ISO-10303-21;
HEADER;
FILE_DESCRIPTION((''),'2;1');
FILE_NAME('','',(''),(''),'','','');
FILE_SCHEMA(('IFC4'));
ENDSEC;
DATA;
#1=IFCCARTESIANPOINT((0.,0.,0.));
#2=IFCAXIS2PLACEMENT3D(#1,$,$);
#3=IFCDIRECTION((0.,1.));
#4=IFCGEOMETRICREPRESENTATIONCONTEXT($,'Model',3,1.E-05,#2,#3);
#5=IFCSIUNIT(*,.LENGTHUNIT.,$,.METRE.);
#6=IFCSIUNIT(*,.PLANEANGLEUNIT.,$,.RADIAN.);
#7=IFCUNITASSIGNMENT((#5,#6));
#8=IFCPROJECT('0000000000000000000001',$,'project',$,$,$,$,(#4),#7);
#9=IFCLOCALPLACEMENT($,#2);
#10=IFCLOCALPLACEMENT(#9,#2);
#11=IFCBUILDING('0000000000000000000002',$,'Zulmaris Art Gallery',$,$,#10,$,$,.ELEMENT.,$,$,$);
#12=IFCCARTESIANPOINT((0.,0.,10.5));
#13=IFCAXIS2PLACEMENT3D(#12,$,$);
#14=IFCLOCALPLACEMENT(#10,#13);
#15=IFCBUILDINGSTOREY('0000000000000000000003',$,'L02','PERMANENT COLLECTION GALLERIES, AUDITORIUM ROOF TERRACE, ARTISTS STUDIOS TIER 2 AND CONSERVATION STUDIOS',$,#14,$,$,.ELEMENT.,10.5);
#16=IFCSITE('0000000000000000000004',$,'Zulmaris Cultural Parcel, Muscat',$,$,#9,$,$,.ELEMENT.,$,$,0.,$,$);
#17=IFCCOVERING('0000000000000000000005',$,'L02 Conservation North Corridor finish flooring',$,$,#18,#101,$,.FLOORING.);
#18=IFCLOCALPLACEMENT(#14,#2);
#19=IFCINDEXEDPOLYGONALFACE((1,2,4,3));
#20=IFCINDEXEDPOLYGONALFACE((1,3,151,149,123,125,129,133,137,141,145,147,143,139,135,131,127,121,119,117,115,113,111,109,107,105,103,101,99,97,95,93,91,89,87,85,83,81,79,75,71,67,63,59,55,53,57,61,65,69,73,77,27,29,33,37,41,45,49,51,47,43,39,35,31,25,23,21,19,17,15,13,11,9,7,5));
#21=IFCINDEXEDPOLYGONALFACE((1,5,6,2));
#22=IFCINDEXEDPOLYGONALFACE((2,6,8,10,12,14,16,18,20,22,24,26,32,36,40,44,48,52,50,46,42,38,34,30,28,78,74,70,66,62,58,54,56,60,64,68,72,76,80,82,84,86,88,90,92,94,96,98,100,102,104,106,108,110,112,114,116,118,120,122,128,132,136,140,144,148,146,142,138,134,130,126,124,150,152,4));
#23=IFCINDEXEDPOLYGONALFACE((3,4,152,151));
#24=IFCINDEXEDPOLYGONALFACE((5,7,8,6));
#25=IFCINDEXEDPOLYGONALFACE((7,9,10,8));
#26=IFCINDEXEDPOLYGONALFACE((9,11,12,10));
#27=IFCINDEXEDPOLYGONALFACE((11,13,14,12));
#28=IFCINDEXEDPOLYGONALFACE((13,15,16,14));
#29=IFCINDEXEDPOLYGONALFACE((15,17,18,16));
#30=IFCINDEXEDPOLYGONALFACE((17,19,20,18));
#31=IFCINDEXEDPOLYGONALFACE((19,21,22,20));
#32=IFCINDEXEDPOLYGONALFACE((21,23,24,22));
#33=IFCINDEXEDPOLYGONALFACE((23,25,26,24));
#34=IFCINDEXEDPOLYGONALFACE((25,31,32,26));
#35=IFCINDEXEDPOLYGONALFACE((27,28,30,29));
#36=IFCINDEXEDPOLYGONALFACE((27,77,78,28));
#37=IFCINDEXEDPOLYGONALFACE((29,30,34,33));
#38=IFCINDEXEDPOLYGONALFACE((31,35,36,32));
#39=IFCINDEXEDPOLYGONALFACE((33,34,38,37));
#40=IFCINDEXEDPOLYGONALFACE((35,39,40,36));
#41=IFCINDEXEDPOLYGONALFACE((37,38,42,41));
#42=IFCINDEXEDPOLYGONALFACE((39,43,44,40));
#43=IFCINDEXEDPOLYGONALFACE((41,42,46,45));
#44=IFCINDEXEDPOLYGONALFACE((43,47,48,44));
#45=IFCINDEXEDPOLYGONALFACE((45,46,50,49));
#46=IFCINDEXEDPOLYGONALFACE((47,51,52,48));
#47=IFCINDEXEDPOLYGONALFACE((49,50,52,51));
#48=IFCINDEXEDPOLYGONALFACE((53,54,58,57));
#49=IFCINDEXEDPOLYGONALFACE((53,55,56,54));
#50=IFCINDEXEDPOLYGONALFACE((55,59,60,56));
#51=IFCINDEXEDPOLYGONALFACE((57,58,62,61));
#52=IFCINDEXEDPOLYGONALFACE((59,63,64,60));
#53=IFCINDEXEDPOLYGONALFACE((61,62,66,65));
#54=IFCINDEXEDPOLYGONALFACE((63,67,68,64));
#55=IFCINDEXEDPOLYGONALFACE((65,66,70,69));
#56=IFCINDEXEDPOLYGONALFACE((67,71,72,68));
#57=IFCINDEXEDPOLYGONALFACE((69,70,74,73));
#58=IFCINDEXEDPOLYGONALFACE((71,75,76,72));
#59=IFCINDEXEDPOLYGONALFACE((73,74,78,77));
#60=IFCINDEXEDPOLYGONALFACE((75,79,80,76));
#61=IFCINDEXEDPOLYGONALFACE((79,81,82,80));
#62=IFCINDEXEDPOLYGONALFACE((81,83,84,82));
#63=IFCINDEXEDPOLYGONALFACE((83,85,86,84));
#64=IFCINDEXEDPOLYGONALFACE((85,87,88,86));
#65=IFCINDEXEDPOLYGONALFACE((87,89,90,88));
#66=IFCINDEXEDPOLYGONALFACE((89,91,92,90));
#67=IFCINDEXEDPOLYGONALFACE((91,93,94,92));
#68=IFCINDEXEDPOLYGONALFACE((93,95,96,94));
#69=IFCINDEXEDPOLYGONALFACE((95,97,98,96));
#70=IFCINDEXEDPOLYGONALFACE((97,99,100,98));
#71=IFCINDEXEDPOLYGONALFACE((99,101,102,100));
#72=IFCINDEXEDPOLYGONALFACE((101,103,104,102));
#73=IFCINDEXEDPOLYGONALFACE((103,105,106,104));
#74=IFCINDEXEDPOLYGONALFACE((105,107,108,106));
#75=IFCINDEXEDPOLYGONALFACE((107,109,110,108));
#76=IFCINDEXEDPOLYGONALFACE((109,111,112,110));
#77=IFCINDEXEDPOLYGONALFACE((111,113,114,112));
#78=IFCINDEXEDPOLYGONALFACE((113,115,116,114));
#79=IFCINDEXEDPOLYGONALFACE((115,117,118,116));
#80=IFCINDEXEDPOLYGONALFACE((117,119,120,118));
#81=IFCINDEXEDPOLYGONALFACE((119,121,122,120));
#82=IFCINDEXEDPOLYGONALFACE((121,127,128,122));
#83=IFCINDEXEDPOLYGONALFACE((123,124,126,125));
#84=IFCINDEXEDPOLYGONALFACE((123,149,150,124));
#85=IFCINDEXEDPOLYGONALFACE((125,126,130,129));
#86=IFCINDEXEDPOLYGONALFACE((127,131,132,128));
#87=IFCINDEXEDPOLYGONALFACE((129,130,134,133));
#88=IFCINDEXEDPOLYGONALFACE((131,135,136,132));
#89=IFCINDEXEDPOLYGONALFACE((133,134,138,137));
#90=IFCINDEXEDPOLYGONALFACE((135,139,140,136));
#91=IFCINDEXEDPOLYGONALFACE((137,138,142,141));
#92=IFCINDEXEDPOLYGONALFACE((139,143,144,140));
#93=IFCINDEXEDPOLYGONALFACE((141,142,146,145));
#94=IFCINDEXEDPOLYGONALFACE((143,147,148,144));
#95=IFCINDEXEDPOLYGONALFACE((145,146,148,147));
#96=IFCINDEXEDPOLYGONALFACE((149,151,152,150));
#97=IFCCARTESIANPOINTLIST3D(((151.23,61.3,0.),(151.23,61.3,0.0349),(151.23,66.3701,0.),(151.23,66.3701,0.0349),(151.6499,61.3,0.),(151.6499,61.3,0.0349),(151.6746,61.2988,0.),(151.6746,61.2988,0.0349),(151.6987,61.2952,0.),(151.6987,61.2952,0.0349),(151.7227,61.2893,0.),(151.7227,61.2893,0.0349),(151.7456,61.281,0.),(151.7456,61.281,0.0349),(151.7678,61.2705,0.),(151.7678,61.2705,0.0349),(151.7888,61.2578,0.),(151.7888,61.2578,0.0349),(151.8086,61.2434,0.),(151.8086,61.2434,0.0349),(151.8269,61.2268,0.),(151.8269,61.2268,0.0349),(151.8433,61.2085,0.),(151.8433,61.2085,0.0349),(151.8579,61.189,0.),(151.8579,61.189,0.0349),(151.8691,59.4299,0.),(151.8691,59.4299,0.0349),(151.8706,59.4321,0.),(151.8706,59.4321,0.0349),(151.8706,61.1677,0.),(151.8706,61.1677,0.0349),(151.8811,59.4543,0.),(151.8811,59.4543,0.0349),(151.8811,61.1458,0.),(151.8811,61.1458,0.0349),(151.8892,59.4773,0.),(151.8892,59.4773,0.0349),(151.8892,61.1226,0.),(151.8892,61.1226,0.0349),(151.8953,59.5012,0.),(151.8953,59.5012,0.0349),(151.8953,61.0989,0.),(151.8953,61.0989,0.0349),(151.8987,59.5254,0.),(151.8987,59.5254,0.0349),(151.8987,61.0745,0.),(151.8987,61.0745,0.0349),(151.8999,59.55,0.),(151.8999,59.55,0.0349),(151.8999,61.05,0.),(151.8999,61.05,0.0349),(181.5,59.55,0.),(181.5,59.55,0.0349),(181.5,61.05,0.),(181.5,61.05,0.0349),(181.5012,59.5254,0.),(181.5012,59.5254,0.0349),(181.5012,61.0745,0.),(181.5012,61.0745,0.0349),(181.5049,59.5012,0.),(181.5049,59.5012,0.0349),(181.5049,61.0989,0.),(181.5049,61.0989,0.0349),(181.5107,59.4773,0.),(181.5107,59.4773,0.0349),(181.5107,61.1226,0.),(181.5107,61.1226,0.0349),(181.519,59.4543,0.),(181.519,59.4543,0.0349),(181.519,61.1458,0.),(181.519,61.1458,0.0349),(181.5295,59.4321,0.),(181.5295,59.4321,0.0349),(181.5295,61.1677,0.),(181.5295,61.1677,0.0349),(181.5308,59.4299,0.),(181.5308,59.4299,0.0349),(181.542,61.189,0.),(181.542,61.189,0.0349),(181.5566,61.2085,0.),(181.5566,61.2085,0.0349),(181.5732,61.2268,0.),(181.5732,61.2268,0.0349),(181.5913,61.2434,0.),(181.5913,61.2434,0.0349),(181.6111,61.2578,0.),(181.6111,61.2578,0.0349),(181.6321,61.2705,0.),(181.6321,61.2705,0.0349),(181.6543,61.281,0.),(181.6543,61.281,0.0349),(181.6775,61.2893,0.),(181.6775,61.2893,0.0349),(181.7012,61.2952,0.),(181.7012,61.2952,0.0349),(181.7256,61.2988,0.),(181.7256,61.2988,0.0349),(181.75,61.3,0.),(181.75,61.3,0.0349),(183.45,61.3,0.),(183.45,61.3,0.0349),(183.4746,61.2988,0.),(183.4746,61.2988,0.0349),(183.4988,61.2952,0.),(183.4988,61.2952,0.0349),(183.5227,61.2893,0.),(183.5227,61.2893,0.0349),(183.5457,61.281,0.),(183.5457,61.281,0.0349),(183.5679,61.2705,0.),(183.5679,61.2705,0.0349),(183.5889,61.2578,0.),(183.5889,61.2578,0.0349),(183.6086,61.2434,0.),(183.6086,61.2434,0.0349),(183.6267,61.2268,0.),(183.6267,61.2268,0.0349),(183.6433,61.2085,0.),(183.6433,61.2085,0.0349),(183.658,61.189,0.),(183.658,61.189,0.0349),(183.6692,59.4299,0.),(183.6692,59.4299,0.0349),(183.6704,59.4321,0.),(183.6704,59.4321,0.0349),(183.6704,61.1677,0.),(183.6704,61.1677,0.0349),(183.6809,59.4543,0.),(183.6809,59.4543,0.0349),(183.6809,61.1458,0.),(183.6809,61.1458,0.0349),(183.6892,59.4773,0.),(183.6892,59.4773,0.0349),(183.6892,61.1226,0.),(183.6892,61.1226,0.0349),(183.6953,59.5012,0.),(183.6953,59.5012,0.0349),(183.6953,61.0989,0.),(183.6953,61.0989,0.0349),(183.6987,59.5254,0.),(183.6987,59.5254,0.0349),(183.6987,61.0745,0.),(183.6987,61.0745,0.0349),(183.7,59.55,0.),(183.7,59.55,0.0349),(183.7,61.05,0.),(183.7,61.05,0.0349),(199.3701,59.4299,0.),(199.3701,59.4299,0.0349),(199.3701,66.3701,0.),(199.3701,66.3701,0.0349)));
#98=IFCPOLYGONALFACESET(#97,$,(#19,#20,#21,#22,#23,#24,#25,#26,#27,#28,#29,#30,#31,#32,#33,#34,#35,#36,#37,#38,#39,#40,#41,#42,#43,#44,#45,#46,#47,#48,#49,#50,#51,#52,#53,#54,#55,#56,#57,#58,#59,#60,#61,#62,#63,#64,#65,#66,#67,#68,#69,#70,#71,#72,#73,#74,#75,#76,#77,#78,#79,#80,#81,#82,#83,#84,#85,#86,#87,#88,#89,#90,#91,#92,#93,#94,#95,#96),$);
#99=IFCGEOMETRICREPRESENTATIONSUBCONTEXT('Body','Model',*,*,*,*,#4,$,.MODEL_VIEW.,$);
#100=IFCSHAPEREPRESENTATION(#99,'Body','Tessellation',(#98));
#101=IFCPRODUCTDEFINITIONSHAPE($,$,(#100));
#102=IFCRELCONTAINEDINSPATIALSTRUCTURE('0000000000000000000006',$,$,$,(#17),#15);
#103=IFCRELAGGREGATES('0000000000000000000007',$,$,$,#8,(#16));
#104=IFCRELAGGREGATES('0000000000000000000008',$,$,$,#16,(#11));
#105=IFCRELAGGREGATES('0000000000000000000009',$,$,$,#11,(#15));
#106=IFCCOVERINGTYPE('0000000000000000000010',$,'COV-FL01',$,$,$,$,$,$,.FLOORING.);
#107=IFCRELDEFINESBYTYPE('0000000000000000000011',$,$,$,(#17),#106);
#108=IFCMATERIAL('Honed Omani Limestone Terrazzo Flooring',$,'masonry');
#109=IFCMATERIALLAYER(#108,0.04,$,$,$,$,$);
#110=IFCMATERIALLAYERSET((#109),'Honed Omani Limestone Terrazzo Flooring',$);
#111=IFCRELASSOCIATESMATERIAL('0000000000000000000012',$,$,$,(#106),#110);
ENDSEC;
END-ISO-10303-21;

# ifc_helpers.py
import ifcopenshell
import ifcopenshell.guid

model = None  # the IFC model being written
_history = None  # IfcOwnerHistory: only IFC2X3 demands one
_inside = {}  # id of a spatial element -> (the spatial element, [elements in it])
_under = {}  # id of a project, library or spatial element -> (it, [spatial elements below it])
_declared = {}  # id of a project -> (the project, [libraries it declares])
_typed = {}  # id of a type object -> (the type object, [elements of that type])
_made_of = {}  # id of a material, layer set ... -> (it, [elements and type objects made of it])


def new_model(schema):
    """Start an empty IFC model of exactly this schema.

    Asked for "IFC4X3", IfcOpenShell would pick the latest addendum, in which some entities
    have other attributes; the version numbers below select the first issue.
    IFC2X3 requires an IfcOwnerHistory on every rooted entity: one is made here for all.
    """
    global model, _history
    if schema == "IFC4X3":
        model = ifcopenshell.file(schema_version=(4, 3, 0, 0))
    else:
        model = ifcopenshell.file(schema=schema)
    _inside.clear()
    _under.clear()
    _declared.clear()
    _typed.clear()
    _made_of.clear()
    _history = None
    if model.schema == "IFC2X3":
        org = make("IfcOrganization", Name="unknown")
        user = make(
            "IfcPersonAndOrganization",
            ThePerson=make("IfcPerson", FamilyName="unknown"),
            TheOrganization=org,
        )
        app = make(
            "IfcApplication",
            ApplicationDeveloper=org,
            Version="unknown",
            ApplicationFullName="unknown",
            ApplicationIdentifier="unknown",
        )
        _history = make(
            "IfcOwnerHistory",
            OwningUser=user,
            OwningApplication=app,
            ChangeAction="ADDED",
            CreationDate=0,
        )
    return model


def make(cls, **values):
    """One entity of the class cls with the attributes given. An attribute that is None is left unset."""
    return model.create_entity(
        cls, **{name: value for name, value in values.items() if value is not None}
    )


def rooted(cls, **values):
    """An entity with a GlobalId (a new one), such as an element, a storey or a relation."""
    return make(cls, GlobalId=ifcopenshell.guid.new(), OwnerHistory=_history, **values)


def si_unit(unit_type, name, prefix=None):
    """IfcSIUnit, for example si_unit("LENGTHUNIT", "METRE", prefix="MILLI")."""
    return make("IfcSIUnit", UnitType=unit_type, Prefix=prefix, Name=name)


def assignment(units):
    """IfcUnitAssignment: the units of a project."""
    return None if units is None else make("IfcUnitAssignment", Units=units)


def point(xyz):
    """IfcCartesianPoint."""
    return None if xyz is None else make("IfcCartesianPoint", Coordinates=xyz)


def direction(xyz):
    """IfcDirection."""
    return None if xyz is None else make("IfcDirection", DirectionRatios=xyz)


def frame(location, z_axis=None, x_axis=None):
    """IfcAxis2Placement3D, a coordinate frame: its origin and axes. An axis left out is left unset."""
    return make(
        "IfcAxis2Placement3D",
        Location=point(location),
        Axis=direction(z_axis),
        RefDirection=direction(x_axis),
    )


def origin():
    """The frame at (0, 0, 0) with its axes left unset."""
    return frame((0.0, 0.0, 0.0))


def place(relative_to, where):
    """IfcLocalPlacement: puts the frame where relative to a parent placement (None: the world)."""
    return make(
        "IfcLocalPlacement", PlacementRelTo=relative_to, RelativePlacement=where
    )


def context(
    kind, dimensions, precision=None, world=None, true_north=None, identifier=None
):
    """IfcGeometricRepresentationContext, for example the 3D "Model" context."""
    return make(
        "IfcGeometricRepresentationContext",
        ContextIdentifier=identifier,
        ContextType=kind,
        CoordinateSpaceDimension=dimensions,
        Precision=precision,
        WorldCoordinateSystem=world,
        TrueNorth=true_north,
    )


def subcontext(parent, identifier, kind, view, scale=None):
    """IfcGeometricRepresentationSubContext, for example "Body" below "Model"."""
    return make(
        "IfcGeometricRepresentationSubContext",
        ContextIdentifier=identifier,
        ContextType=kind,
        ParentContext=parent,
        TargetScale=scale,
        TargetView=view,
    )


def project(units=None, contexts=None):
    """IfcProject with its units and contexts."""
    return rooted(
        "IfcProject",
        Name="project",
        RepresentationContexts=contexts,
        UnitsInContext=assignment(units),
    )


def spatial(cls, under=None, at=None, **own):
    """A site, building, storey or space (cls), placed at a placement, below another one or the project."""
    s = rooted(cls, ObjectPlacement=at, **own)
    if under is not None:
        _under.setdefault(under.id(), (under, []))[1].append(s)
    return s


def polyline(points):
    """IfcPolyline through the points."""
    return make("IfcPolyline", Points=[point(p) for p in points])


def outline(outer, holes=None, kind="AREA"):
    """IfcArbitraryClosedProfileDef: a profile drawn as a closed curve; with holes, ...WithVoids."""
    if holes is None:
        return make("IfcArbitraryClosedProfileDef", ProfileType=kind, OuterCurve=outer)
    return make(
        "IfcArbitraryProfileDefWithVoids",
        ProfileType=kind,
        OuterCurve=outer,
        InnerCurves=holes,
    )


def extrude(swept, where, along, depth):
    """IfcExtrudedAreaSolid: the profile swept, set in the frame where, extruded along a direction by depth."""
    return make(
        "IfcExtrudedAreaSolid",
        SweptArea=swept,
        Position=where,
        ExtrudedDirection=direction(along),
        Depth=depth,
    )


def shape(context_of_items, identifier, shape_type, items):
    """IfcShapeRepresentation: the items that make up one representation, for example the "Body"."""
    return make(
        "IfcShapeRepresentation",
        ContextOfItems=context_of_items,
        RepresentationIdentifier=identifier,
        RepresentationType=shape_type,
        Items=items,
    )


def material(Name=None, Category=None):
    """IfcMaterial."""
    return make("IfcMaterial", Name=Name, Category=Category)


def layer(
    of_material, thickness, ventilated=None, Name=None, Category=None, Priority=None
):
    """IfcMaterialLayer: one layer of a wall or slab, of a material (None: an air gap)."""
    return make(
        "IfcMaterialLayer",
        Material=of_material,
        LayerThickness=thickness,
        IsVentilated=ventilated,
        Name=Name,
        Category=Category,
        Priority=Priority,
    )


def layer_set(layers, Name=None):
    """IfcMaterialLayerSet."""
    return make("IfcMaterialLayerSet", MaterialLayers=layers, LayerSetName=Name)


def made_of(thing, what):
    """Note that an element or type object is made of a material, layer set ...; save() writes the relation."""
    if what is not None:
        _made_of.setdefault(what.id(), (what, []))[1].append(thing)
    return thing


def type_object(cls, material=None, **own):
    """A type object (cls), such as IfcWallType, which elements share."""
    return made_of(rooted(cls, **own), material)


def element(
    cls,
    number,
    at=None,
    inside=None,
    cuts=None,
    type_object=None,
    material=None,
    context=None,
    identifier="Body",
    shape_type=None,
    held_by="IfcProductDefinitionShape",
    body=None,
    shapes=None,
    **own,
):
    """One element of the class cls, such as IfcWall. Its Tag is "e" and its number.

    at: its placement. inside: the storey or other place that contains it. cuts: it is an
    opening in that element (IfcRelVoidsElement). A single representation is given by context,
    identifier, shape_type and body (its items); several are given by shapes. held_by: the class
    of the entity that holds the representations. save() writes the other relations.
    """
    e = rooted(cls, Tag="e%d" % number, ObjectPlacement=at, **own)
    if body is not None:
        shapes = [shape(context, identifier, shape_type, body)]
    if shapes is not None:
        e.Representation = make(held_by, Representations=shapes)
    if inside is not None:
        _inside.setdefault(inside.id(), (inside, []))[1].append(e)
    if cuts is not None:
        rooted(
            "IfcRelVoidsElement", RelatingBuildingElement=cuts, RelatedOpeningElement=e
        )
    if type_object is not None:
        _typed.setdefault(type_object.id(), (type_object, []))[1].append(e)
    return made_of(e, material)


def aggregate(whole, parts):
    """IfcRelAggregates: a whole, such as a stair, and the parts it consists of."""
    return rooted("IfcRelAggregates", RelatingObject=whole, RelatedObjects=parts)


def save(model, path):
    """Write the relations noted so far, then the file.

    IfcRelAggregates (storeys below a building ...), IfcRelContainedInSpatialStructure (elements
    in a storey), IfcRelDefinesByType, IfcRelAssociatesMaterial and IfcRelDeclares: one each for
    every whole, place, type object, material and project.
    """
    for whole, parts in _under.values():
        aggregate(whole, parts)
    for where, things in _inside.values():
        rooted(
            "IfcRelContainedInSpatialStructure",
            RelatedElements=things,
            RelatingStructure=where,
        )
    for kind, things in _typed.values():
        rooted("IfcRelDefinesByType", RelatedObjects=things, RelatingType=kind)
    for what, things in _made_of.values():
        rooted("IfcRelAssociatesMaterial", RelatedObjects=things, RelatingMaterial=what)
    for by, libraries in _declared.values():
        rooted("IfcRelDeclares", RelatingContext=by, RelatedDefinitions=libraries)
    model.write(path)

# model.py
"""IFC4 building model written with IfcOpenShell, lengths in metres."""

from ifc_helpers import new_model, si_unit, direction, frame, origin, place, context, subcontext, project, spatial, polyline, outline, extrude, material, layer, layer_set, type_object, element, save


model = new_model("IFC4")

# Units and contexts
model_context = context("Model", 3, precision=1e-05, world=origin(), true_north=direction((0.0, 1.0)))
body_context = subcontext(model_context, "Body", "Model", "MODEL_VIEW")
ifc_project = project(units=[si_unit("LENGTHUNIT", "METRE"), si_unit("PLANEANGLEUNIT", "RADIAN")], contexts=[model_context])

# Site, building, storey
site_placement = place(None, origin())
site = spatial("IfcSite", under=ifc_project, at=site_placement, Name="Zulmaris Cultural Parcel, Muscat", CompositionType="ELEMENT", RefElevation=0.0)
building_placement = place(site_placement, origin())
building = spatial("IfcBuilding", under=site, at=building_placement, Name="Zulmaris Art Gallery", CompositionType="ELEMENT")
storey_placement = place(building_placement, frame((0.0, 0.0, 10.5)))
storey = spatial("IfcBuildingStorey", under=building, at=storey_placement, Name="L02", Description="PERMANENT COLLECTION GALLERIES, AUDITORIUM ROOF TERRACE, ARTISTS STUDIOS TIER 2 AND CONSERVATION STUDIOS", CompositionType="ELEMENT", Elevation=10.5)

# Covering
ifc_material_1 = material(Name="Honed Omani Limestone Terrazzo Flooring", Category="masonry")
ifc_layer_1 = layer(ifc_material_1, 0.04)
ifc_layer_set_1 = layer_set([ifc_layer_1], Name="Honed Omani Limestone Terrazzo Flooring")
covering_type_1 = type_object("IfcCoveringType", Name="COV-FL01", PredefinedType="FLOORING", material=ifc_layer_set_1)
covering_1_placement = place(storey_placement, origin())
element("IfcCovering", 1, at=covering_1_placement, inside=storey, type_object=covering_type_1, Name="L02 Conservation North Corridor finish flooring", PredefinedType="FLOORING", context=body_context, shape_type="SweptSolid", body=[
    extrude(outline(polyline([(151.8706, 59.4321), (151.8811, 59.4543), (151.8892, 59.4773), (151.8953, 59.5012), (151.8987, 59.5254), (151.8999, 59.55), (151.8999, 61.05), (151.8987, 61.0745), (151.8953, 61.0989), (151.8892, 61.1226), (151.8811, 61.1458), (151.8706, 61.1677), (151.8579, 61.189), (151.8433, 61.2085), (151.8269, 61.2268), (151.8086, 61.2434), (151.7888, 61.2578), (151.7678, 61.2705), (151.7456, 61.281), (151.7227, 61.2893), (151.6987, 61.2952), (151.6746, 61.2988), (151.6499, 61.3), (151.23, 61.3), (151.23, 66.3701), (199.3701, 66.3701), (199.3701, 59.4299), (183.6692, 59.4299), (183.6704, 59.4321), (183.6809, 59.4543), (183.6892, 59.4773), (183.6953, 59.5012), (183.6987, 59.5254), (183.7, 59.55), (183.7, 61.05), (183.6987, 61.0745), (183.6953, 61.0989), (183.6892, 61.1226), (183.6809, 61.1458), (183.6704, 61.1677), (183.658, 61.189), (183.6433, 61.2085), (183.6267, 61.2268), (183.6086, 61.2434), (183.5889, 61.2578), (183.5679, 61.2705), (183.5457, 61.281), (183.5227, 61.2893), (183.4988, 61.2952), (183.4746, 61.2988), (183.45, 61.3), (181.75, 61.3), (181.7256, 61.2988), (181.7012, 61.2952), (181.6775, 61.2893), (181.6543, 61.281), (181.6321, 61.2705), (181.6111, 61.2578), (181.5913, 61.2434), (181.5732, 61.2268), (181.5566, 61.2085), (181.542, 61.189), (181.5295, 61.1677), (181.519, 61.1458), (181.5107, 61.1226), (181.5049, 61.0989), (181.5012, 61.0745), (181.5, 61.05), (181.5, 59.55), (181.5012, 59.5254), (181.5049, 59.5012), (181.5107, 59.4773), (181.519, 59.4543), (181.5295, 59.4321), (181.5308, 59.4299), (151.8691, 59.4299), (151.8706, 59.4321)])), origin(), (0.0, 0.0, 1.0), 0.0349),
])

save(model, "model.ifc")
